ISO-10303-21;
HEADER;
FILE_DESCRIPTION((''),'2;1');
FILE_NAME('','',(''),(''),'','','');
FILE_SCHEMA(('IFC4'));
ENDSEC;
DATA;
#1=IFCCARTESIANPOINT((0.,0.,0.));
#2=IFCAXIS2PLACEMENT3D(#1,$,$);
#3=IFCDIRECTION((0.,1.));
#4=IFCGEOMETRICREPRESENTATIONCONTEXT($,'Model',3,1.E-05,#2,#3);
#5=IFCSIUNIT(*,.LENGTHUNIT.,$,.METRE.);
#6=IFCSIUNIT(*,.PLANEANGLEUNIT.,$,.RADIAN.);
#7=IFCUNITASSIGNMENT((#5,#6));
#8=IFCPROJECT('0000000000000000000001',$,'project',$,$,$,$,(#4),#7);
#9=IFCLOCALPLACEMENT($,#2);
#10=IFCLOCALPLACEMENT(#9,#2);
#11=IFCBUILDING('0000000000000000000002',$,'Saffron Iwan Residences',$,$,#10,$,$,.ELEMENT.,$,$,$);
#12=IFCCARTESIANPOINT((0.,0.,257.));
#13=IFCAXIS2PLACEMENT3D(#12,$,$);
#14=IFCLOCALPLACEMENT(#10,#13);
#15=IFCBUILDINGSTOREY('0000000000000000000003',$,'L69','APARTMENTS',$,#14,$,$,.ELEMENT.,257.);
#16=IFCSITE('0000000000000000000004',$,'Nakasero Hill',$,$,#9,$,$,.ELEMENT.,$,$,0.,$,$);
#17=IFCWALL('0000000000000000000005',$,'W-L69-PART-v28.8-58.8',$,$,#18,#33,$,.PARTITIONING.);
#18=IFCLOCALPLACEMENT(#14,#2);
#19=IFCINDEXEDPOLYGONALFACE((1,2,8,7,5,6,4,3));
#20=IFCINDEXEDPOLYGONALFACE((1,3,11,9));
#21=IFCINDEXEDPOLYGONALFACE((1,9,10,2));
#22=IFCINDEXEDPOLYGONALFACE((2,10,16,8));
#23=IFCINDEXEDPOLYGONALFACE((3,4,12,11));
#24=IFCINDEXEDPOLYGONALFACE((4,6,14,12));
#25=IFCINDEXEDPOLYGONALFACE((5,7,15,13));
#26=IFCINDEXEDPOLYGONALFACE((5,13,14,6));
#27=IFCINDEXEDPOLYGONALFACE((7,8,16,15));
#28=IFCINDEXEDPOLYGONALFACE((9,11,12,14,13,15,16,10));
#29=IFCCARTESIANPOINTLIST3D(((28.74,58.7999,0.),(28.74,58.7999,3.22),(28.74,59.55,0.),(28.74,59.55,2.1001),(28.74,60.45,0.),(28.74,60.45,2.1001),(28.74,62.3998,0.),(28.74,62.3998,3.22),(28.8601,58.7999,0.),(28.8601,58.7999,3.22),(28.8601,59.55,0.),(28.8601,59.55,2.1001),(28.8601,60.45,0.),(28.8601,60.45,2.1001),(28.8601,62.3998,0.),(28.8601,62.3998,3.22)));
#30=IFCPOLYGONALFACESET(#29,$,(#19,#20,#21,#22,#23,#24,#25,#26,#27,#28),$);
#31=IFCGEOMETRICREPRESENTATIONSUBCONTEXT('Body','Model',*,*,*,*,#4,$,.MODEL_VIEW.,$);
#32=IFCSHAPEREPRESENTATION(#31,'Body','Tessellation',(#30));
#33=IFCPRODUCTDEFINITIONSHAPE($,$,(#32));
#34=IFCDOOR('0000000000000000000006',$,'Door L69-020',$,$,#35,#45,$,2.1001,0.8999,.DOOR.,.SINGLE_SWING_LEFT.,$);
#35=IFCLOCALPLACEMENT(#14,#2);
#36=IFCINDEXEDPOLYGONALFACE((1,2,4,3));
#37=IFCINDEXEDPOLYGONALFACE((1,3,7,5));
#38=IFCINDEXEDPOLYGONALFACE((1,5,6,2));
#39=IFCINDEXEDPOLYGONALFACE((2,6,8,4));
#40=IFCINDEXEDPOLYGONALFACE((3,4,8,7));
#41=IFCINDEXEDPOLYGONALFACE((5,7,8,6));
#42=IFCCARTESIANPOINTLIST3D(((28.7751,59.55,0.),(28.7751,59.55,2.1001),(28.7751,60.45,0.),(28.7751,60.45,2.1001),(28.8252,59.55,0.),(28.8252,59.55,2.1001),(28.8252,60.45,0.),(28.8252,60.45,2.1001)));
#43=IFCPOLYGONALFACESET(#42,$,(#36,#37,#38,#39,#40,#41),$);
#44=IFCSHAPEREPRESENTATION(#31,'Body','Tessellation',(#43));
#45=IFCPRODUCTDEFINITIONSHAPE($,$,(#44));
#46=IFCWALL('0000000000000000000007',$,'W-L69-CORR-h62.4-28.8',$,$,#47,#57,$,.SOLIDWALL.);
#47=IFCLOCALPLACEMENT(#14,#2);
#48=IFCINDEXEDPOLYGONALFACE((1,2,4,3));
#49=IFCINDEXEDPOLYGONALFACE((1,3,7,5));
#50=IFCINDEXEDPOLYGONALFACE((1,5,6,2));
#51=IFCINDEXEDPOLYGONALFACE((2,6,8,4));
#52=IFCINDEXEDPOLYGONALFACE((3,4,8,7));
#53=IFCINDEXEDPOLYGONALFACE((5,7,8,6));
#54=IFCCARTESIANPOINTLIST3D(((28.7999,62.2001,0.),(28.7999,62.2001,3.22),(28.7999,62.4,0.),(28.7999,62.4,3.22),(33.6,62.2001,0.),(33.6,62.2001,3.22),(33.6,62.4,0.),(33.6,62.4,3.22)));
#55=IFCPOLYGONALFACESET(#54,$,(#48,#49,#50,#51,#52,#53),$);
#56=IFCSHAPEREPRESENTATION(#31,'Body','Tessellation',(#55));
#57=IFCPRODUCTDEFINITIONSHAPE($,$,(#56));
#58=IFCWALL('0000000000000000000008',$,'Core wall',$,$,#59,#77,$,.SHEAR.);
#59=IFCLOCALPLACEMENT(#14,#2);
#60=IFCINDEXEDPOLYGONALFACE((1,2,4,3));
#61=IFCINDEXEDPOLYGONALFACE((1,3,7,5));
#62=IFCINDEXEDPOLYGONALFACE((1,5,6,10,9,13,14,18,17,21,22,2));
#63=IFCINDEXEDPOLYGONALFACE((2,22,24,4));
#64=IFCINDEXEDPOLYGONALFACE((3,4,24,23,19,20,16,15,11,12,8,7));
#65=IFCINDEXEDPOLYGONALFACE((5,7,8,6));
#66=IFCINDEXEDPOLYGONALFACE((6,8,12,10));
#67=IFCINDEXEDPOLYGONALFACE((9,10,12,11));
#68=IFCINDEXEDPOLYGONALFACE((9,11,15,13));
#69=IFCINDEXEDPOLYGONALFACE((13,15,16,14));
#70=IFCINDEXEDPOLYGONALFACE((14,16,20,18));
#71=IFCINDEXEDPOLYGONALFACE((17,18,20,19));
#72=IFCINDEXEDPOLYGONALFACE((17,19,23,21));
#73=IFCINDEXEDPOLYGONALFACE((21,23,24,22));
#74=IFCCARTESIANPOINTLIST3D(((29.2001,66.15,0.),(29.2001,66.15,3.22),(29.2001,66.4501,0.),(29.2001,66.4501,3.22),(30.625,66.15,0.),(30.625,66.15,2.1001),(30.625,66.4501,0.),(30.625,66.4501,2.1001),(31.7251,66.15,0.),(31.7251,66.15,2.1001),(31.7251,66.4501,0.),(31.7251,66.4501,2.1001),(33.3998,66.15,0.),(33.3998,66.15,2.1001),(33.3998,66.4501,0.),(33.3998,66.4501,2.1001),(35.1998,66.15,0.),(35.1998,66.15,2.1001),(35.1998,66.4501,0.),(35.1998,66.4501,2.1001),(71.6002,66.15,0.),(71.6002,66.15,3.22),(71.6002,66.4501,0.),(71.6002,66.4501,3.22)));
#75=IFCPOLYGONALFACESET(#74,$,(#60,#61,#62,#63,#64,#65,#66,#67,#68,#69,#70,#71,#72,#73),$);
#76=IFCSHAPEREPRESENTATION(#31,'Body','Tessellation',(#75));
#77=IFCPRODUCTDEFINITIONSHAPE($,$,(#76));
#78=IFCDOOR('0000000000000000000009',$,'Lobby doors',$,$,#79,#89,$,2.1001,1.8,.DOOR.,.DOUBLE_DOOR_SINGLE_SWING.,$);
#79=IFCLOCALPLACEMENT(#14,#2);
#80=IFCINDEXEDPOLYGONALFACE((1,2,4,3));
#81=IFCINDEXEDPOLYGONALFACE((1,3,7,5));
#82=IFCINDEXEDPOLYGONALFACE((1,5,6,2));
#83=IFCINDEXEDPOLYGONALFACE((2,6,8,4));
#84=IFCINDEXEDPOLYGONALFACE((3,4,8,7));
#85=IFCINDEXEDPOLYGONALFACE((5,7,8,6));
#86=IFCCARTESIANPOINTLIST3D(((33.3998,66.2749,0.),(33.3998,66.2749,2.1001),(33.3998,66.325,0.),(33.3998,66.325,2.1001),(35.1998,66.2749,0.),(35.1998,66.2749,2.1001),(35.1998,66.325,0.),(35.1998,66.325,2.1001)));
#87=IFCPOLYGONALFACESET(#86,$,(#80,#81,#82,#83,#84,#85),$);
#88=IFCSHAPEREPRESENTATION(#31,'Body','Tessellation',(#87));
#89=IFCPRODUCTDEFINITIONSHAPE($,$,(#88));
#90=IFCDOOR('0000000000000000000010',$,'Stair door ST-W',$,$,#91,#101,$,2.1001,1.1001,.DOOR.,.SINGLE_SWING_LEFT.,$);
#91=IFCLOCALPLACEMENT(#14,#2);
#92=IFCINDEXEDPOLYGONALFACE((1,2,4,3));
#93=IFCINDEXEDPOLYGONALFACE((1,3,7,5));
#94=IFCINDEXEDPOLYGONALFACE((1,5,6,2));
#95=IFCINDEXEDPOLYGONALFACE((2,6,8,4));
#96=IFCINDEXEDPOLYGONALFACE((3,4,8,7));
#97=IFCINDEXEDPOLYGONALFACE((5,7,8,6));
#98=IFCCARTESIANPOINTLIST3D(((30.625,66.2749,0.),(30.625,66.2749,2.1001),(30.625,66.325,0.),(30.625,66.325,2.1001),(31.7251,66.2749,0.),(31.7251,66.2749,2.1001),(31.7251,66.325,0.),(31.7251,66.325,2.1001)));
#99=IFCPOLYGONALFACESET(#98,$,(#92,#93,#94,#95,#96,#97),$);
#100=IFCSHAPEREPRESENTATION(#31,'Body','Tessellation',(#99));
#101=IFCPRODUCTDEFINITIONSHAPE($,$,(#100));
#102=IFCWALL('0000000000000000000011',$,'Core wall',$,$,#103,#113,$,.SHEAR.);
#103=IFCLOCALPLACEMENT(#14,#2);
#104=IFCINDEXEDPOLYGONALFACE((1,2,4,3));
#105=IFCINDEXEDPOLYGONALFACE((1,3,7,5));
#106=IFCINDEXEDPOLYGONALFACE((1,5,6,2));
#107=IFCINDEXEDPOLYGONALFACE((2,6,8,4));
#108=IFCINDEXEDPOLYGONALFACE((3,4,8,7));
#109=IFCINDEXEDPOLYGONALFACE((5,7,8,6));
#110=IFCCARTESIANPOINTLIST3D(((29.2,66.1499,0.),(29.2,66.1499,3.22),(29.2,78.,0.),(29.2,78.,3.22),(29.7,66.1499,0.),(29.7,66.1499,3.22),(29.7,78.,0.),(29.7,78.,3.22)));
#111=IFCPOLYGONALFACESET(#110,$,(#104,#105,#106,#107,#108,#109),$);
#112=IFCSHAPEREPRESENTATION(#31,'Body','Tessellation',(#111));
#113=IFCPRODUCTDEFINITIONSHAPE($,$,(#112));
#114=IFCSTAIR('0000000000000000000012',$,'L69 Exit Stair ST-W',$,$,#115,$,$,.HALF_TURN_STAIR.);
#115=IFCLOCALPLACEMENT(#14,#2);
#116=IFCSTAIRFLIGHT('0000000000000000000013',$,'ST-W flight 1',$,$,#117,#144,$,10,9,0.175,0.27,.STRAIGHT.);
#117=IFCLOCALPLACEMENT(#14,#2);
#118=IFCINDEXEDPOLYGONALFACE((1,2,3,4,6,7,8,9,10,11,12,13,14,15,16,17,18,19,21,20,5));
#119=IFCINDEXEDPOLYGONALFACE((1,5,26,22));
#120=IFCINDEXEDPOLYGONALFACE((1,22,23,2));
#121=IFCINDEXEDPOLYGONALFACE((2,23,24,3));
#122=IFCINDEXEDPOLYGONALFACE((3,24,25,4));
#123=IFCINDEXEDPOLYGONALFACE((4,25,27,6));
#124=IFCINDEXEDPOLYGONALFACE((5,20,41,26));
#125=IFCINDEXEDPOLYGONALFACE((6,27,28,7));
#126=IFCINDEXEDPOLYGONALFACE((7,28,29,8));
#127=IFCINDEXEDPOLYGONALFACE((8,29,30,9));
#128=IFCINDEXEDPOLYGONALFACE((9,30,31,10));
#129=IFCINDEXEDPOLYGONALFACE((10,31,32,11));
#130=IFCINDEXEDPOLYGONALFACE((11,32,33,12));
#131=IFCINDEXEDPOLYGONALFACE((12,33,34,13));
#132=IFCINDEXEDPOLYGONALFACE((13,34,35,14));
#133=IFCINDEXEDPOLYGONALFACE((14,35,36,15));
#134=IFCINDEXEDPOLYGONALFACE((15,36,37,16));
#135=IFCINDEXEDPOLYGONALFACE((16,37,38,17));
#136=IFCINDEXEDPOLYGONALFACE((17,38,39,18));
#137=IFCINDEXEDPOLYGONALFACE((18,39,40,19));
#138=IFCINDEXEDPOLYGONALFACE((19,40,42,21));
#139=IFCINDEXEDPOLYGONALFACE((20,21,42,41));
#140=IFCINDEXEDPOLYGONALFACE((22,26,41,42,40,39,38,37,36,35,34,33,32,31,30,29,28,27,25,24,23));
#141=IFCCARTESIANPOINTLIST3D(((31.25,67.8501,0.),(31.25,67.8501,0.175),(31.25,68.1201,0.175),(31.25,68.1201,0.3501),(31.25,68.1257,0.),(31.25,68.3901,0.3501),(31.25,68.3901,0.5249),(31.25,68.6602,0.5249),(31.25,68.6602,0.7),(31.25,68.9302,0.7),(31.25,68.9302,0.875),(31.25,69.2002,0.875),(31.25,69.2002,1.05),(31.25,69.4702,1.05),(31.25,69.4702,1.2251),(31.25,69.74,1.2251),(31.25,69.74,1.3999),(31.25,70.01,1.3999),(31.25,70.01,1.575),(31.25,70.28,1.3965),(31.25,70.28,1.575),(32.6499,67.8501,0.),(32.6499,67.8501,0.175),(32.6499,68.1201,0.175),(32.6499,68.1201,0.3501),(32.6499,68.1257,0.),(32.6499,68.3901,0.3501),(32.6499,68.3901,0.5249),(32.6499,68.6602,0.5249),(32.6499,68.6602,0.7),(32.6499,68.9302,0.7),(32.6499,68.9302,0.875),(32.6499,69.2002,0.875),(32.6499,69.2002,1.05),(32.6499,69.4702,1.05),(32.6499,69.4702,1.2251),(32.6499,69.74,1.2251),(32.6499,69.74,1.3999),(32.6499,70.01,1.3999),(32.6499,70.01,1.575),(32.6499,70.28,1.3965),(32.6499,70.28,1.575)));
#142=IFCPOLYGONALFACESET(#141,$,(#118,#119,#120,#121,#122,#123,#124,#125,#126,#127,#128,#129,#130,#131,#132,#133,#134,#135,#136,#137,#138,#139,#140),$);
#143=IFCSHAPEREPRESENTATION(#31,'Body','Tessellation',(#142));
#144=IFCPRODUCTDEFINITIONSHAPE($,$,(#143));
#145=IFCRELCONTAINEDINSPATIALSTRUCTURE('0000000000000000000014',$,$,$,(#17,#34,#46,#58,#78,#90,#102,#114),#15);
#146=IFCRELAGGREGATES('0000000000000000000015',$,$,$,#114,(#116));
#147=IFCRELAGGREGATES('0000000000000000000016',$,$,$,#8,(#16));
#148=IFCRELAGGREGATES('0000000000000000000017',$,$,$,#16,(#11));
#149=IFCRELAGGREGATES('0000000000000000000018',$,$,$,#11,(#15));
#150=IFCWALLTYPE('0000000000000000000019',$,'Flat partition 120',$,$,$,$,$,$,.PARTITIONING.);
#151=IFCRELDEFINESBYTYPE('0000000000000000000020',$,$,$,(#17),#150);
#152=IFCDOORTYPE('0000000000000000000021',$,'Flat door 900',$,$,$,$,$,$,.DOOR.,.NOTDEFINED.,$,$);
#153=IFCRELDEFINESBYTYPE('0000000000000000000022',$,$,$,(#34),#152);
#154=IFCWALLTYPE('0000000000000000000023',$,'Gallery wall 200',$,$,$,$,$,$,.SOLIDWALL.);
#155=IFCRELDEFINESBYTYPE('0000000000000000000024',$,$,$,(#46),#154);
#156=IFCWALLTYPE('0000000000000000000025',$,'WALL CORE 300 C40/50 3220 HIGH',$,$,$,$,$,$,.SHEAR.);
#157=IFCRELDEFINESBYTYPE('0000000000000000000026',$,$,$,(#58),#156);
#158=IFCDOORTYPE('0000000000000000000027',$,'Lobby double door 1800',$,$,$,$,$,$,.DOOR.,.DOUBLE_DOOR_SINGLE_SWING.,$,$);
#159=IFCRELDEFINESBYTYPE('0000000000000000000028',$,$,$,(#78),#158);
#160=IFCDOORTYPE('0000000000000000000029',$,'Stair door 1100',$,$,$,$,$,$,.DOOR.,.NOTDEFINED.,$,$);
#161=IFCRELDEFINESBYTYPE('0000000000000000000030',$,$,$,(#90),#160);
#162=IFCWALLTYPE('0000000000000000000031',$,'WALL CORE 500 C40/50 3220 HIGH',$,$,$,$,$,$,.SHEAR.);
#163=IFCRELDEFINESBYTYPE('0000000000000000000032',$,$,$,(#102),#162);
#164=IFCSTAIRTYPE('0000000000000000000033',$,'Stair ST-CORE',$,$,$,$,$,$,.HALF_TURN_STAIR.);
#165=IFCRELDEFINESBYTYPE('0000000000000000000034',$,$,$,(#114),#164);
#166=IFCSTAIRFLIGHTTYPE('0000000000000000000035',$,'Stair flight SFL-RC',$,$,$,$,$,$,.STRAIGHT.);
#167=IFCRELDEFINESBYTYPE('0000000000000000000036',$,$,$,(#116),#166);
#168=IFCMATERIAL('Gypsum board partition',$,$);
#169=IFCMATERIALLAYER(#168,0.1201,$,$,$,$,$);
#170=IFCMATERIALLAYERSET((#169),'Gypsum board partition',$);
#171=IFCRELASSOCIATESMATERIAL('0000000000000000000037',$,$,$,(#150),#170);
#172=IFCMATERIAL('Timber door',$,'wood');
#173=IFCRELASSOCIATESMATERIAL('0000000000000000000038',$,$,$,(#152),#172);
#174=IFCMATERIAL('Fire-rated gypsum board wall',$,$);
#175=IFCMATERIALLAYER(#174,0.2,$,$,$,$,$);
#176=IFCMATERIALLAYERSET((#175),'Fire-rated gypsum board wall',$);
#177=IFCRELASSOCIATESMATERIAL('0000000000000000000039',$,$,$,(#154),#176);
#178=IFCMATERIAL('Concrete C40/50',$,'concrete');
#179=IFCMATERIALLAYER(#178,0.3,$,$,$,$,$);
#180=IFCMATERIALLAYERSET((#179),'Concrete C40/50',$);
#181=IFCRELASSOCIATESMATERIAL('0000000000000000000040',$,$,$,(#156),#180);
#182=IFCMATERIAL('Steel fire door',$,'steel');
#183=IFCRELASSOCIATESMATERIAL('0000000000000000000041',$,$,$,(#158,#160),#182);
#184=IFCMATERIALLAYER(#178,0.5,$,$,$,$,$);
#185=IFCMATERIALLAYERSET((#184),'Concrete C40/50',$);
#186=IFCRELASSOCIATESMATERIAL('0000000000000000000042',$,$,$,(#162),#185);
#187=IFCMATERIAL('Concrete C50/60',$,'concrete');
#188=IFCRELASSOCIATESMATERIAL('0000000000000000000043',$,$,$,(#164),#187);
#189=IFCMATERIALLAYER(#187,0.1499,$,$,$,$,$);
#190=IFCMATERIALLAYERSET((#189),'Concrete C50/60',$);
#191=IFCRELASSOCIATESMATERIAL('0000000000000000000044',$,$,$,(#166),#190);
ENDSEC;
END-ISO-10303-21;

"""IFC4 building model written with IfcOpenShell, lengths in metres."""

from ifc_helpers import new_model, si_unit, direction, frame, frame_2d, origin, place, context, subcontext, project, spatial, polyline, rectangle, outline, extrude, material, layer, layer_set, type_object, element, fill, aggregate, save


model = new_model("IFC4")

# Units and contexts
model_context = context("Model", 3, precision=1e-05, world=origin(), true_north=direction((0.0, 1.0)))
body_context = subcontext(model_context, "Body", "Model", "MODEL_VIEW")
ifc_project = project(units=[si_unit("LENGTHUNIT", "METRE"), si_unit("PLANEANGLEUNIT", "RADIAN")], contexts=[model_context])

# Site, building, storey
site_placement = place(None, origin())
site = spatial("IfcSite", under=ifc_project, at=site_placement, Name="Nakasero Hill", CompositionType="ELEMENT", RefElevation=0.0)
building_placement = place(site_placement, origin())
building = spatial("IfcBuilding", under=site, at=building_placement, Name="Saffron Iwan Residences", CompositionType="ELEMENT")
storey_placement = place(building_placement, frame((0.0, 0.0, 257.0)))
storey = spatial("IfcBuildingStorey", under=building, at=storey_placement, Name="L69", Description="APARTMENTS", CompositionType="ELEMENT", Elevation=257.0)

# Wall, opening, door
ifc_material_1 = material(Name="Gypsum board partition")
ifc_layer_1 = layer(ifc_material_1, 0.1201)
ifc_layer_set_1 = layer_set([ifc_layer_1], Name="Gypsum board partition")
wall_type_1 = type_object("IfcWallType", Name="Flat partition 120", PredefinedType="PARTITIONING", material=ifc_layer_set_1)
wall_1_placement = place(storey_placement, frame((28.8, 58.8, 0.0), z_axis=(0.0, 0.0, 1.0), x_axis=(0.0, 1.0, 0.0)))
wall_1 = element("IfcWall", 1, at=wall_1_placement, inside=storey, type_object=wall_type_1, Name="W-L69-PART-v28.8-58.8", PredefinedType="PARTITIONING", context=body_context, shape_type="SweptSolid", body=[
    extrude(rectangle(XDim=3.5999, YDim=0.1201, at=frame_2d((1.7998, 0.0))), origin(), (0.0, 0.0, 1.0), 3.22),
])
opening_1_placement = place(wall_1_placement, frame((0.75, 0.0, 0.0)))
opening_1 = element("IfcOpeningElement", 2, at=opening_1_placement, cuts=wall_1, PredefinedType="OPENING", context=body_context, shape_type="SweptSolid", body=[
    extrude(rectangle(XDim=0.8999, YDim=2.1001, at=frame_2d((0.45, 1.05))), frame((0.0, 0.0701, 0.0), z_axis=(0.0, -1.0, 0.0), x_axis=(1.0, 0.0, 0.0)), (0.0, 0.0, 1.0), 0.1401),
])
ifc_material_2 = material(Name="Timber door", Category="wood")
door_type_1 = type_object("IfcDoorType", Name="Flat door 900", OperationType="NOTDEFINED", PredefinedType="DOOR", material=ifc_material_2)
door_1_placement = place(opening_1_placement, origin())
door_1 = element("IfcDoor", 3, at=door_1_placement, inside=storey, type_object=door_type_1, Name="Door L69-020", OperationType="SINGLE_SWING_LEFT", OverallHeight=2.1001, OverallWidth=0.8999, PredefinedType="DOOR", context=body_context, shape_type="SweptSolid", body=[
    extrude(rectangle(XDim=0.8999, YDim=2.1001, at=frame_2d((0.45, 1.05))), frame((0.0, 0.0249, 0.0), z_axis=(0.0, -1.0, 0.0), x_axis=(1.0, 0.0, 0.0)), (0.0, 0.0, 1.0), 0.05),
])
fill(opening_1, door_1)

# Wall
ifc_material_3 = material(Name="Fire-rated gypsum board wall")
ifc_layer_2 = layer(ifc_material_3, 0.2)
ifc_layer_set_2 = layer_set([ifc_layer_2], Name="Fire-rated gypsum board wall")
wall_type_2 = type_object("IfcWallType", Name="Gallery wall 200", PredefinedType="SOLIDWALL", material=ifc_layer_set_2)
wall_2_placement = place(storey_placement, frame((28.8, 62.3, 0.0), z_axis=(0.0, 0.0, 1.0), x_axis=(1.0, 0.0, 0.0)))
element("IfcWall", 4, at=wall_2_placement, inside=storey, type_object=wall_type_2, Name="W-L69-CORR-h62.4-28.8", PredefinedType="SOLIDWALL", context=body_context, shape_type="SweptSolid", body=[
    extrude(rectangle(XDim=4.8, YDim=0.2, at=frame_2d((2.3999, 0.0))), origin(), (0.0, 0.0, 1.0), 3.22),
])

# Wall, openings, doors
ifc_material_4 = material(Name="Concrete C40/50", Category="concrete")
ifc_layer_3 = layer(ifc_material_4, 0.3)
ifc_layer_set_3 = layer_set([ifc_layer_3], Name="Concrete C40/50")
wall_type_3 = type_object("IfcWallType", Name="WALL CORE 300 C40/50 3220 HIGH", PredefinedType="SHEAR", material=ifc_layer_set_3)
wall_3_placement = place(storey_placement, frame((29.2, 66.3, 0.0), z_axis=(0.0, 0.0, 1.0), x_axis=(1.0, 0.0, 0.0)))
wall_3 = element("IfcWall", 5, at=wall_3_placement, inside=storey, type_object=wall_type_3, Name="Core wall", PredefinedType="SHEAR", context=body_context, shape_type="SweptSolid", body=[
    extrude(rectangle(XDim=42.4001, YDim=0.3, at=frame_2d((21.2002, 0.0))), origin(), (0.0, 0.0, 1.0), 3.22),
])
opening_2_placement = place(wall_3_placement, frame((1.425, 0.0, 0.0)))
opening_2 = element("IfcOpeningElement", 6, at=opening_2_placement, cuts=wall_3, PredefinedType="OPENING", context=body_context, shape_type="SweptSolid", body=[
    extrude(rectangle(XDim=1.1001, YDim=2.1001, at=frame_2d((0.55, 1.05))), frame((0.0, 0.1602, 0.0), z_axis=(0.0, -1.0, 0.0), x_axis=(1.0, 0.0, 0.0)), (0.0, 0.0, 1.0), 0.3201),
])
opening_3_placement = place(wall_3_placement, frame((4.2, 0.0, 0.0)))
opening_3 = element("IfcOpeningElement", 7, at=opening_3_placement, cuts=wall_3, PredefinedType="OPENING", context=body_context, shape_type="SweptSolid", body=[
    extrude(rectangle(XDim=1.8, YDim=2.1001, at=frame_2d((0.8999, 1.05))), frame((0.0, 0.1602, 0.0), z_axis=(0.0, -1.0, 0.0), x_axis=(1.0, 0.0, 0.0)), (0.0, 0.0, 1.0), 0.3201),
])
ifc_material_5 = material(Name="Steel fire door", Category="steel")
door_type_2 = type_object("IfcDoorType", Name="Lobby double door 1800", OperationType="DOUBLE_DOOR_SINGLE_SWING", PredefinedType="DOOR", material=ifc_material_5)
door_2_placement = place(opening_3_placement, origin())
door_2 = element("IfcDoor", 8, at=door_2_placement, inside=storey, type_object=door_type_2, Name="Lobby doors", OperationType="DOUBLE_DOOR_SINGLE_SWING", OverallHeight=2.1001, OverallWidth=1.8, PredefinedType="DOOR", context=body_context, shape_type="SweptSolid", body=[
    extrude(rectangle(XDim=1.8, YDim=2.1001, at=frame_2d((0.8999, 1.05))), frame((0.0, 0.0249, 0.0), z_axis=(0.0, -1.0, 0.0), x_axis=(1.0, 0.0, 0.0)), (0.0, 0.0, 1.0), 0.05),
])
fill(opening_3, door_2)
door_type_3 = type_object("IfcDoorType", Name="Stair door 1100", OperationType="NOTDEFINED", PredefinedType="DOOR", material=ifc_material_5)
door_3_placement = place(opening_2_placement, origin())
door_3 = element("IfcDoor", 9, at=door_3_placement, inside=storey, type_object=door_type_3, Name="Stair door ST-W", OperationType="SINGLE_SWING_LEFT", OverallHeight=2.1001, OverallWidth=1.1001, PredefinedType="DOOR", context=body_context, shape_type="SweptSolid", body=[
    extrude(rectangle(XDim=1.1001, YDim=2.1001, at=frame_2d((0.55, 1.05))), frame((0.0, 0.0249, 0.0), z_axis=(0.0, -1.0, 0.0), x_axis=(1.0, 0.0, 0.0)), (0.0, 0.0, 1.0), 0.05),
])
fill(opening_2, door_3)

# Wall
ifc_layer_4 = layer(ifc_material_4, 0.5)
ifc_layer_set_4 = layer_set([ifc_layer_4], Name="Concrete C40/50")
wall_type_4 = type_object("IfcWallType", Name="WALL CORE 500 C40/50 3220 HIGH", PredefinedType="SHEAR", material=ifc_layer_set_4)
wall_4_placement = place(storey_placement, frame((29.45, 66.1499, 0.0), z_axis=(0.0, 0.0, 1.0), x_axis=(0.0, 1.0, 0.0)))
element("IfcWall", 10, at=wall_4_placement, inside=storey, type_object=wall_type_4, Name="Core wall", PredefinedType="SHEAR", context=body_context, shape_type="SweptSolid", body=[
    extrude(rectangle(XDim=11.8501, YDim=0.5, at=frame_2d((5.925, 0.0))), origin(), (0.0, 0.0, 1.0), 3.22),
])

# Stair, stair flight
ifc_material_6 = material(Name="Concrete C50/60", Category="concrete")
stair_type = type_object("IfcStairType", Name="Stair ST-CORE", PredefinedType="HALF_TURN_STAIR", material=ifc_material_6)
stair_placement = place(storey_placement, origin())
stair = element("IfcStair", 11, at=stair_placement, inside=storey, type_object=stair_type, Name="L69 Exit Stair ST-W", PredefinedType="HALF_TURN_STAIR")
ifc_layer_5 = layer(ifc_material_6, 0.1499)
ifc_layer_set_5 = layer_set([ifc_layer_5], Name="Concrete C50/60")
stair_flight_type = type_object("IfcStairFlightType", Name="Stair flight SFL-RC", PredefinedType="STRAIGHT", material=ifc_layer_set_5)
stair_flight_1_placement = place(storey_placement, frame((31.95, 67.8501, 0.0), z_axis=(0.0, 0.0, 1.0), x_axis=(0.0, 1.0, 0.0)))
stair_flight_1 = element("IfcStairFlight", 12, at=stair_flight_1_placement, type_object=stair_flight_type, Name="ST-W flight 1", NumberOfRisers=10, NumberOfTreads=9, PredefinedType="STRAIGHT", RiserHeight=0.175, TreadLength=0.27, context=body_context, shape_type="SweptSolid", body=[
    extrude(outline(polyline([(0.0, 0.0), (0.0, 0.175), (0.27, 0.175), (0.27, 0.3501), (0.54, 0.3501), (0.54, 0.5249), (0.8101, 0.5249), (0.8101, 0.7), (1.0801, 0.7), (1.0801, 0.875), (1.3501, 0.875), (1.3501, 1.05), (1.6201, 1.05), (1.6201, 1.2251), (1.8899, 1.2251), (1.8899, 1.3999), (2.1599, 1.3999), (2.1599, 1.575), (2.4299, 1.575), (2.4299, 1.75), (2.4299, 1.3965), (0.2756, 0.0), (0.0, 0.0)])), frame((0.0, 0.7, 0.0), z_axis=(0.0, -1.0, 0.0), x_axis=(1.0, 0.0, 0.0)), (0.0, 0.0, 1.0), 1.3999),
])
aggregate(stair, [stair_flight_1])

save(model, "model.ifc")
